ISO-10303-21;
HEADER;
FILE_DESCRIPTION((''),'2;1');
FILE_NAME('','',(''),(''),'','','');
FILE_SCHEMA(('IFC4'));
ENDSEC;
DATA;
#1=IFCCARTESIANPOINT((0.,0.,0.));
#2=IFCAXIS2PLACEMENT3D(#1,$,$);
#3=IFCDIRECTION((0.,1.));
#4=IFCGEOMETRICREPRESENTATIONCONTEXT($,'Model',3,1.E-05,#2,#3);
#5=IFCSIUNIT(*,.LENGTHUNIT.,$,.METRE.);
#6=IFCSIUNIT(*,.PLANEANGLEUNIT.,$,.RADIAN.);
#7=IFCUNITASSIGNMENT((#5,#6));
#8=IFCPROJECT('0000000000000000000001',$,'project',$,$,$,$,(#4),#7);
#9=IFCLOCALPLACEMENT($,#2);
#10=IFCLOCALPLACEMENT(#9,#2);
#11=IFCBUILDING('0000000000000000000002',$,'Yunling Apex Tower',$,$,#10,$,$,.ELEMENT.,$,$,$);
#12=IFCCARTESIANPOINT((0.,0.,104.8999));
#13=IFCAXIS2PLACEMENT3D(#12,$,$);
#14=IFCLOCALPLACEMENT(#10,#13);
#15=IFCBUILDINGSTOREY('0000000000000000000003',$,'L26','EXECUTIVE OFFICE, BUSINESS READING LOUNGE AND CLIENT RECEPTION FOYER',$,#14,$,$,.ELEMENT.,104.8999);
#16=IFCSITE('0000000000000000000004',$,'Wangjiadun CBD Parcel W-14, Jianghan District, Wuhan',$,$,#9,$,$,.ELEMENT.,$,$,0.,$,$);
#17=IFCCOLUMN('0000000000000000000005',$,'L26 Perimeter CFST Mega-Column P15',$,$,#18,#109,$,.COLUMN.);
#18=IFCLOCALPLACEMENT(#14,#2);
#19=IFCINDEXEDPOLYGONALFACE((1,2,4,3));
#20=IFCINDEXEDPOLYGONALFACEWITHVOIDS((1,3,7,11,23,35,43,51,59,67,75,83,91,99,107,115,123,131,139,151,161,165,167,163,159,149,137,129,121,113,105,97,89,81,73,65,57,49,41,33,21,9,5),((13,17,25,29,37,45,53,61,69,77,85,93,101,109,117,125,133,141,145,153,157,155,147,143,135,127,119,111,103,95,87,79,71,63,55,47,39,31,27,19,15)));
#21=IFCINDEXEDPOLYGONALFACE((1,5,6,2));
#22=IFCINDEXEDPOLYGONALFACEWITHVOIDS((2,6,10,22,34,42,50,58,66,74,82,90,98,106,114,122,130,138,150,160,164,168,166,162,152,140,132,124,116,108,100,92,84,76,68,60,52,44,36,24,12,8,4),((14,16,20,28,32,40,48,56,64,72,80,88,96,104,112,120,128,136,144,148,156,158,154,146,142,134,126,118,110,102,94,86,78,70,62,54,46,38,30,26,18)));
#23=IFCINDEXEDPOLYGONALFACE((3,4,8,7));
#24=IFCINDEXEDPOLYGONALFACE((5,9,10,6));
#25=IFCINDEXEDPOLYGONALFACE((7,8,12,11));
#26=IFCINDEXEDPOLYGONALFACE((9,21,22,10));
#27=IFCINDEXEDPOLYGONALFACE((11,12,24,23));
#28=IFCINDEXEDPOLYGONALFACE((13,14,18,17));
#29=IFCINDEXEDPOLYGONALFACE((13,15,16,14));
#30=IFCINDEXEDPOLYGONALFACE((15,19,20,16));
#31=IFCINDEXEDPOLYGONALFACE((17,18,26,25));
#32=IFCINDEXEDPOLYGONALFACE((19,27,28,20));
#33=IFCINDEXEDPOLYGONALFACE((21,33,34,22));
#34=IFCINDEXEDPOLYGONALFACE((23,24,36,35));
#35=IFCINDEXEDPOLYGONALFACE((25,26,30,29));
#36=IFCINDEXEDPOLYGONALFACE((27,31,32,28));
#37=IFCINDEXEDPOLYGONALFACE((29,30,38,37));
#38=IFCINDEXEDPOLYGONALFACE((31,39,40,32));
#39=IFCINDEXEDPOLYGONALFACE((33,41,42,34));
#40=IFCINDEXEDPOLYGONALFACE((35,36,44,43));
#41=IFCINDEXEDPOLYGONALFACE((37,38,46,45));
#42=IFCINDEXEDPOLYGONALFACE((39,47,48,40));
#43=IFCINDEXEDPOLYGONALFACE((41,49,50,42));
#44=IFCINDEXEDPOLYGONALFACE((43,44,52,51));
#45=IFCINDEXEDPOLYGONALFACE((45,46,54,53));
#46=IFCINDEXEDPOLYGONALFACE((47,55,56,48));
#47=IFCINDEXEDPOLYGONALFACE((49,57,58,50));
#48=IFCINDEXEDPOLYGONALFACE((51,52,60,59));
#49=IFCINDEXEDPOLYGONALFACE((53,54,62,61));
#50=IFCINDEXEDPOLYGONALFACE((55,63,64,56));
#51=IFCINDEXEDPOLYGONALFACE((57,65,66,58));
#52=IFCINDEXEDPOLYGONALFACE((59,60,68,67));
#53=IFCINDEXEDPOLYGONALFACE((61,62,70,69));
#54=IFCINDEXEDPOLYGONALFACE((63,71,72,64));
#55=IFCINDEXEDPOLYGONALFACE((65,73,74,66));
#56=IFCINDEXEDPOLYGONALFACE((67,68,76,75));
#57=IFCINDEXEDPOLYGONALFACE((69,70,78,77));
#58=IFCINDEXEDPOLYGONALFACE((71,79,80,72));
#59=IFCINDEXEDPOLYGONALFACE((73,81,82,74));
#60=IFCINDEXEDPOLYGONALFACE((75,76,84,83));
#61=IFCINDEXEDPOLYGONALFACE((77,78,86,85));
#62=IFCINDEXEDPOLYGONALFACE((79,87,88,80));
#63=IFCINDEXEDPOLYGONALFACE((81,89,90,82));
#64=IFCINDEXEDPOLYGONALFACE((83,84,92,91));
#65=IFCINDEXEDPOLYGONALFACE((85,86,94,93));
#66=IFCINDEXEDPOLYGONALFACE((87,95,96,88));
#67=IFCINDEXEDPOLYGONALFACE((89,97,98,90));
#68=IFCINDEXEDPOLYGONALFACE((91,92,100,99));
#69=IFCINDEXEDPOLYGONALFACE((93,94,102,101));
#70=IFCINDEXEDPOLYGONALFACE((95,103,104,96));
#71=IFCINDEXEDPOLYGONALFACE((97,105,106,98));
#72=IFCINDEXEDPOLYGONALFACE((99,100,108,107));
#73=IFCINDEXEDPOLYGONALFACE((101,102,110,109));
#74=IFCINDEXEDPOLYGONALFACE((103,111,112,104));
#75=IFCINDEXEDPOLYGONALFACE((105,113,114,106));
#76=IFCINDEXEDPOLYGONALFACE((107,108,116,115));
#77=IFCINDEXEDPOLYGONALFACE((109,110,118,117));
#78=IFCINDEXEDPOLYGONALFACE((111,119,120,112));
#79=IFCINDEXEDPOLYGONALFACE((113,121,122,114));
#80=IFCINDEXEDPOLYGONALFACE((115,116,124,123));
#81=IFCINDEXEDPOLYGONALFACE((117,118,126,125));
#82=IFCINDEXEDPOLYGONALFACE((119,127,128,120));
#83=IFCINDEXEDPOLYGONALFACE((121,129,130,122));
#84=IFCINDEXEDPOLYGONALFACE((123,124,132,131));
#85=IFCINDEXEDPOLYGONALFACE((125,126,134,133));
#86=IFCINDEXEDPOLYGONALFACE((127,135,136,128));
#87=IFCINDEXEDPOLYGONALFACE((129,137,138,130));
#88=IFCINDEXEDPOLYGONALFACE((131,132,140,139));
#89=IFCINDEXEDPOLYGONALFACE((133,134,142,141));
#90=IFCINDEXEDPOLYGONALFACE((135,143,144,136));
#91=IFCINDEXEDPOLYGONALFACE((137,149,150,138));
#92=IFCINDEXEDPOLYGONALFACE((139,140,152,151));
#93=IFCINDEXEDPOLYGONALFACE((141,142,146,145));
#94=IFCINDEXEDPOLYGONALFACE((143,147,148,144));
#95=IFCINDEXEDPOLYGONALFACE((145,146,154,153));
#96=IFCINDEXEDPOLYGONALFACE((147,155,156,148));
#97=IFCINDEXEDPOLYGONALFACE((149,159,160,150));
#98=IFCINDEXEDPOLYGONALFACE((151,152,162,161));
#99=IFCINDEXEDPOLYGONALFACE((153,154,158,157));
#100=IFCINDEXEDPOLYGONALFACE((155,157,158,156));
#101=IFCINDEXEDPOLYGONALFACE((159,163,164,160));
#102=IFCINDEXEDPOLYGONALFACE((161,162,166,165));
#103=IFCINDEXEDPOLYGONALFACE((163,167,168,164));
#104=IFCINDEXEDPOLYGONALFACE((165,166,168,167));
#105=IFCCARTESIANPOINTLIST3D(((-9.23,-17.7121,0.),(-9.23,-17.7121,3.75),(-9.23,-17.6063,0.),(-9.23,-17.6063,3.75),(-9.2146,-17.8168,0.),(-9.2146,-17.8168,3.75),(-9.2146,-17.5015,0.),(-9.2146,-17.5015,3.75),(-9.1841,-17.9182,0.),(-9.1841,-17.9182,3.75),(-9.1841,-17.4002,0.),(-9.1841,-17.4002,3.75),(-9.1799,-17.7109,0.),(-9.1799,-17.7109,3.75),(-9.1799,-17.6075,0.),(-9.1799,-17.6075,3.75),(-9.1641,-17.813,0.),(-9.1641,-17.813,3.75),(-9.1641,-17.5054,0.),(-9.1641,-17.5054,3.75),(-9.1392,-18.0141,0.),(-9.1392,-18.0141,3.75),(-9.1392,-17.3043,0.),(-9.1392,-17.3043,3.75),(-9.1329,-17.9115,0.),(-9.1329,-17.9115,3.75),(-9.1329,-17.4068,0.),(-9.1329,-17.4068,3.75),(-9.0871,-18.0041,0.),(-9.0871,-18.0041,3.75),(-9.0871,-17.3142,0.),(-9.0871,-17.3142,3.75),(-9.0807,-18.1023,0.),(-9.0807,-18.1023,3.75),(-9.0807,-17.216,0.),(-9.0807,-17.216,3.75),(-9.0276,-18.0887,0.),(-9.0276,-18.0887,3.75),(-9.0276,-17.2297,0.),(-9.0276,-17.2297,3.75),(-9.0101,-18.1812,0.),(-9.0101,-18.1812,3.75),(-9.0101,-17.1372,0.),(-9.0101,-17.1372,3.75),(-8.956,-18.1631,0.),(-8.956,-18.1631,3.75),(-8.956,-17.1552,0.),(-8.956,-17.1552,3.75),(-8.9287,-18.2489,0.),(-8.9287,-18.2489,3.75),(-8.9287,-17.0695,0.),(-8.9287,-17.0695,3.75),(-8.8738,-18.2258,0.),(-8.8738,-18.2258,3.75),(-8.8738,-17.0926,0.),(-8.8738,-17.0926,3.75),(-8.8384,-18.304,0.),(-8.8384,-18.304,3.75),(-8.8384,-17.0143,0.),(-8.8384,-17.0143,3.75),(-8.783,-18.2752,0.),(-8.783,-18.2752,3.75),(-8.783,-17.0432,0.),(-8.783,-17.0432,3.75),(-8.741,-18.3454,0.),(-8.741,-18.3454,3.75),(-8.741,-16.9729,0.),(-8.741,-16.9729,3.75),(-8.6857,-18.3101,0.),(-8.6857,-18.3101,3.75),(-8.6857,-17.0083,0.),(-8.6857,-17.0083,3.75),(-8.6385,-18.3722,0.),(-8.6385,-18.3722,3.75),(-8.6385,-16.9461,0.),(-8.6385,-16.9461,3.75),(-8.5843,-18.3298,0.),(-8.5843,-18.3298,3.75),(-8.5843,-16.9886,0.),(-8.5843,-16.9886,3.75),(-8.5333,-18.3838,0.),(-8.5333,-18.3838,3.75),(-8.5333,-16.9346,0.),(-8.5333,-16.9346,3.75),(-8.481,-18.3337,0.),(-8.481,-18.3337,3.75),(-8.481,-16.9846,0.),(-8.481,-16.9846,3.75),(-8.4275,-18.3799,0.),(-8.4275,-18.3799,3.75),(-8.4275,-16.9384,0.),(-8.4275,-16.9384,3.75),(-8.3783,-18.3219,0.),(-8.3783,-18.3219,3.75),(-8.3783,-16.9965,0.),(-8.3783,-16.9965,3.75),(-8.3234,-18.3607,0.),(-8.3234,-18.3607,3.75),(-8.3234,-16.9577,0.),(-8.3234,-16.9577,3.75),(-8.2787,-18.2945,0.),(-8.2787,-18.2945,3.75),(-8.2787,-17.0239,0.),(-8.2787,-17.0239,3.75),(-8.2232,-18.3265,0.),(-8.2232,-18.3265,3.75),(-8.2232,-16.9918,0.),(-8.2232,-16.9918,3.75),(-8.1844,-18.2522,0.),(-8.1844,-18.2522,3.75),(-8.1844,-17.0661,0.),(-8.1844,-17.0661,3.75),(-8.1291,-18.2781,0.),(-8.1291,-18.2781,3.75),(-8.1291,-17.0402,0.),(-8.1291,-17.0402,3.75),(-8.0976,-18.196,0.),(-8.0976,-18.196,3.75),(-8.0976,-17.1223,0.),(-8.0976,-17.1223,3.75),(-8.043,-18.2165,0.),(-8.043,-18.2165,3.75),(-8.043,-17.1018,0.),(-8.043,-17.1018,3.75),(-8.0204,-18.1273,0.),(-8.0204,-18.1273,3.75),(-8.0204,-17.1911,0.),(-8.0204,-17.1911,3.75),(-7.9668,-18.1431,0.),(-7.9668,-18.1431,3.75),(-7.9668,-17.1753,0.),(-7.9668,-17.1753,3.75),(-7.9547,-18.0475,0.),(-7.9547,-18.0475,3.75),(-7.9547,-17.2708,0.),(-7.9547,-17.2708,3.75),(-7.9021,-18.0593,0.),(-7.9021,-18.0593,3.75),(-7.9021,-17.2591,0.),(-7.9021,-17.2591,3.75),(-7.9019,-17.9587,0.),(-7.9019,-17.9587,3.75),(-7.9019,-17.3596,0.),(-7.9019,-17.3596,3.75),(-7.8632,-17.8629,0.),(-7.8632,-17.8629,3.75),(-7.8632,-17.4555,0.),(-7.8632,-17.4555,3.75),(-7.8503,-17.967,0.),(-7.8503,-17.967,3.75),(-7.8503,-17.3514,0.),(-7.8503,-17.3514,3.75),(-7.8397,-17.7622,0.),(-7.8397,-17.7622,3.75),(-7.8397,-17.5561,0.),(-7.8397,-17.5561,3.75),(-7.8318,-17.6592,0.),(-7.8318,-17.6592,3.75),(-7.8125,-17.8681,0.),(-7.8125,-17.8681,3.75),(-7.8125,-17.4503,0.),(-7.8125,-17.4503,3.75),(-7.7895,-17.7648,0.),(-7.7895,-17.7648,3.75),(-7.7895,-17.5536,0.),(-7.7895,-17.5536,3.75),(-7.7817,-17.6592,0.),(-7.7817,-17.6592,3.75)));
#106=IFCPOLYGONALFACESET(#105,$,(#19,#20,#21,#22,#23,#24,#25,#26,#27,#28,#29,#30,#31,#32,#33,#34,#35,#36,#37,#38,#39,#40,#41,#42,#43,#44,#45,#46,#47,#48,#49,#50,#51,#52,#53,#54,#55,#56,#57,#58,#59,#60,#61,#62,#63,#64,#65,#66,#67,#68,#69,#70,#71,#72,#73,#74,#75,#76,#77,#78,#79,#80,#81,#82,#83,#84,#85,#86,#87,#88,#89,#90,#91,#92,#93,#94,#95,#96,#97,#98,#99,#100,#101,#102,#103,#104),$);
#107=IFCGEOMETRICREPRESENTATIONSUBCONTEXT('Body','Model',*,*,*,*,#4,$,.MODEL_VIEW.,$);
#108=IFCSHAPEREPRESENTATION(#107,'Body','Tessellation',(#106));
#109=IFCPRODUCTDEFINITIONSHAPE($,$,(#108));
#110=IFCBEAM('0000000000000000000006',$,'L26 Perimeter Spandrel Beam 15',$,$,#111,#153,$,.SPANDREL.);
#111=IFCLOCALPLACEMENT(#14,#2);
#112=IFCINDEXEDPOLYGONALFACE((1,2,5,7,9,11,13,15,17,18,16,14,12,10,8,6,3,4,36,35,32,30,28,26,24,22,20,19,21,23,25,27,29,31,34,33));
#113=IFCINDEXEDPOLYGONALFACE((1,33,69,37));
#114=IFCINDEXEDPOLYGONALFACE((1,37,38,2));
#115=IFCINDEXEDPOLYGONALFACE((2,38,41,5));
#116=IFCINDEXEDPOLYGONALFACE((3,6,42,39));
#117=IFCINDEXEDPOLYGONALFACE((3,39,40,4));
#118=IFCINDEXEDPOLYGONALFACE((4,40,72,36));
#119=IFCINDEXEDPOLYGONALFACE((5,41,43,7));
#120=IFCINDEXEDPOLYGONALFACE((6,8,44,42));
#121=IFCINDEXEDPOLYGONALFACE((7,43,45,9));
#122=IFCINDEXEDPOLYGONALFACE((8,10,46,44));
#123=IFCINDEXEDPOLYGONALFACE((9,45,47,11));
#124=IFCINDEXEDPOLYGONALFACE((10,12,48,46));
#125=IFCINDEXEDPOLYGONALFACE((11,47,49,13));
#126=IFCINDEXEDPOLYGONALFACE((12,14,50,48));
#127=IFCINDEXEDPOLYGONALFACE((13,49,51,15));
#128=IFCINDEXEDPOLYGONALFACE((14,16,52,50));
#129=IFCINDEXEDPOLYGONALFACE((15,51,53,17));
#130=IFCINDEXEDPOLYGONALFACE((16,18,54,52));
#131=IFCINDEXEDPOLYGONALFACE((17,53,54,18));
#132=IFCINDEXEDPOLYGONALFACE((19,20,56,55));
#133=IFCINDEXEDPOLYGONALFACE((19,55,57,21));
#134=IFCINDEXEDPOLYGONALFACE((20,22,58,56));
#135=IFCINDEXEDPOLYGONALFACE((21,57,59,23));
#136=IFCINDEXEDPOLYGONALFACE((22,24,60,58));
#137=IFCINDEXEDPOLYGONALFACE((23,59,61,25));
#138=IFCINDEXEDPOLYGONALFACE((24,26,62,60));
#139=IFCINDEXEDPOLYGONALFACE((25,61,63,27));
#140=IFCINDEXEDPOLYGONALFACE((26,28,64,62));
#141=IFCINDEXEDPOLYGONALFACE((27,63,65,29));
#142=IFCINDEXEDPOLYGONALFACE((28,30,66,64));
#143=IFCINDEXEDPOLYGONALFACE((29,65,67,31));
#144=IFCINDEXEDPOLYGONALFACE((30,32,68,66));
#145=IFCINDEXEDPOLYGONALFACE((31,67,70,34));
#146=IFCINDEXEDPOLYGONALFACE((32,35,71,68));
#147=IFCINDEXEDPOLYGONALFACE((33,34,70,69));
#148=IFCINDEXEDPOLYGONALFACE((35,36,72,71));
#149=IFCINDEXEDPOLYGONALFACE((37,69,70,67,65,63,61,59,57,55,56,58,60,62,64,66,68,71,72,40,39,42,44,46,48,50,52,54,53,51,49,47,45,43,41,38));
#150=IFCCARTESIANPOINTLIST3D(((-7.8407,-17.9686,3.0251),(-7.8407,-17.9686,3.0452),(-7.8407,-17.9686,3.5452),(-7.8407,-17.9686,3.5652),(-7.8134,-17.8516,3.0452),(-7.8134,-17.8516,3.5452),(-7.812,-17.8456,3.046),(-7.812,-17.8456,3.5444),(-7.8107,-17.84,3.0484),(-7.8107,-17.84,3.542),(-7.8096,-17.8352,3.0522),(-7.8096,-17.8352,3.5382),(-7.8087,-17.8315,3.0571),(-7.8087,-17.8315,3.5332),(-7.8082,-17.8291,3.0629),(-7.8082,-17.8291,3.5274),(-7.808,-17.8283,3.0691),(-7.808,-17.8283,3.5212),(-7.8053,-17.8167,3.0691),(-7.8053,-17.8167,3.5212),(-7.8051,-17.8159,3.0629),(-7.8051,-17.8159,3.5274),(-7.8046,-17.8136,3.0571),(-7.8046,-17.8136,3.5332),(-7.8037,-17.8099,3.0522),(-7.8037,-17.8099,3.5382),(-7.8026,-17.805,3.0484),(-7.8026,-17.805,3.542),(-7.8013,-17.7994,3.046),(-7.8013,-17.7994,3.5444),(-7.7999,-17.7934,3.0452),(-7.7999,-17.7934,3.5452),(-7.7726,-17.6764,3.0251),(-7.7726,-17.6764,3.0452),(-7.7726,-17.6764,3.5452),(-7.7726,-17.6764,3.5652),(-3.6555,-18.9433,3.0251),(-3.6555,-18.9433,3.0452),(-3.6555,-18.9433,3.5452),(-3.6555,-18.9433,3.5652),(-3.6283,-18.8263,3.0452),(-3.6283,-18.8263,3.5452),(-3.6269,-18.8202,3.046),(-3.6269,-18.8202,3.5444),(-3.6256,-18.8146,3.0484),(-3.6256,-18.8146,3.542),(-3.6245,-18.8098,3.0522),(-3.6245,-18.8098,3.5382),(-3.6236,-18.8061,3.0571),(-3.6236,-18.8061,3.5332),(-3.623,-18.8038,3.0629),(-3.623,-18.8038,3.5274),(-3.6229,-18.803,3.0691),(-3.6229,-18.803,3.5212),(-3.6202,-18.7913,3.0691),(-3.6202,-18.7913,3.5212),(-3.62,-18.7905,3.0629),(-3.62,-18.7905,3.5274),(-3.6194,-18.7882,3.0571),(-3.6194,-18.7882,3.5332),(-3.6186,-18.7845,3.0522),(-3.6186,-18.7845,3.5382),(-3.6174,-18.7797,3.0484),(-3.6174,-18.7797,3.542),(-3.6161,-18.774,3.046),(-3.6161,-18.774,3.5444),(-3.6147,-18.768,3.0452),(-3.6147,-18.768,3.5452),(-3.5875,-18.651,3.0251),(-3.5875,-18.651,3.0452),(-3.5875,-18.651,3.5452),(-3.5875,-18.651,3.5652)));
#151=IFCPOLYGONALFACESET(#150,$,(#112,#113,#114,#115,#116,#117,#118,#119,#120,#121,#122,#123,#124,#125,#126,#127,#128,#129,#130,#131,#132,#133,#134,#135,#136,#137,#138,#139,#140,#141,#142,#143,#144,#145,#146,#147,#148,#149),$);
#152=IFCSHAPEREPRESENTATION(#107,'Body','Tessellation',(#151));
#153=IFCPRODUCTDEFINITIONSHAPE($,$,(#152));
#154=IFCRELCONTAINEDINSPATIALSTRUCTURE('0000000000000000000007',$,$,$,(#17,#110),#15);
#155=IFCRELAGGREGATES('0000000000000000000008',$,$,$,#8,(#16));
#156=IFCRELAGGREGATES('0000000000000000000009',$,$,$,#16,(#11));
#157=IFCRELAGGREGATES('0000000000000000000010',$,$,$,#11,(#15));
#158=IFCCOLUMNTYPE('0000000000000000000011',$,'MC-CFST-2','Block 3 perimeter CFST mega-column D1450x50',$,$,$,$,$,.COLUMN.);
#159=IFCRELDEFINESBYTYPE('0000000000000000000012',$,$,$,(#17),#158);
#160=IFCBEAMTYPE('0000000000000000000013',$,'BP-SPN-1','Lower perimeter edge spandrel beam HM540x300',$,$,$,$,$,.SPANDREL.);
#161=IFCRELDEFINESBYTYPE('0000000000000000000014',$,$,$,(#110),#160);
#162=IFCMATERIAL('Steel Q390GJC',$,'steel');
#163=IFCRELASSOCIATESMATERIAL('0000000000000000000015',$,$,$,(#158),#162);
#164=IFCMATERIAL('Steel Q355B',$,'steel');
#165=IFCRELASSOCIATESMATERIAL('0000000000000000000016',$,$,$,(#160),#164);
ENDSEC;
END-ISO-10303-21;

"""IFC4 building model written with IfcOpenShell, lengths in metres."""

from ifc_helpers import new_model, si_unit, direction, frame, origin, origin_2d, place, context, subcontext, project, spatial, hollow_circle, i_section, extrude, source, transform, mapped, material, material_profile, profile_set, type_object, element, save


model = new_model("IFC4")

# Units and contexts
model_context = context("Model", 3, precision=1e-05, world=origin(), true_north=direction((0.0, 1.0)))
body_context = subcontext(model_context, "Body", "Model", "MODEL_VIEW")
ifc_project = project(units=[si_unit("LENGTHUNIT", "METRE"), si_unit("PLANEANGLEUNIT", "RADIAN")], contexts=[model_context])

# Site, building, storey
site_placement = place(None, origin())
site = spatial("IfcSite", under=ifc_project, at=site_placement, Name="Wangjiadun CBD Parcel W-14, Jianghan District, Wuhan", CompositionType="ELEMENT", RefElevation=0.0)
building_placement = place(site_placement, origin())
building = spatial("IfcBuilding", under=site, at=building_placement, Name="Yunling Apex Tower", CompositionType="ELEMENT")
storey_placement = place(building_placement, frame((0.0, 0.0, 104.8999)))
storey = spatial("IfcBuildingStorey", under=building, at=storey_placement, Name="L26", Description="EXECUTIVE OFFICE, BUSINESS READING LOUNGE AND CLIENT RECEPTION FOYER", CompositionType="ELEMENT", Elevation=104.8999)

# Column
ifc_material_1 = material(Name="Steel Q390GJC", Category="steel")
ifc_material_profile_1 = material_profile(ifc_material_1, hollow_circle(Radius=0.7251, WallThickness=0.05, at=origin_2d()))
ifc_profile_set_1 = profile_set([ifc_material_profile_1], Name="Steel Q390GJC")
column_type = type_object("IfcColumnType", Name="MC-CFST-2", Description="Block 3 perimeter CFST mega-column D1450x50", PredefinedType="COLUMN", material=ifc_profile_set_1)
shared_shape_1 = source(origin(), body_context, "Body", "SweptSolid", [
    extrude(hollow_circle(Radius=0.7251, WallThickness=0.05, at=origin_2d()), origin(), (0.0, 0.0, 1.0), 3.75),
])
column_placement = place(storey_placement, frame((-8.5068, -17.6592, 0.0), z_axis=(0.0, 0.0, 1.0), x_axis=(1.0, 0.0, 0.0)))
element("IfcColumn", 1, at=column_placement, inside=storey, type_object=column_type, Name="L26 Perimeter CFST Mega-Column P15", PredefinedType="COLUMN", context=body_context, shape_type="MappedRepresentation", body=[
    mapped(shared_shape_1, transform((0.0, 0.0, 0.0), scale=1.0)),
])

# Beam
ifc_material_2 = material(Name="Steel Q355B", Category="steel")
ifc_material_profile_2 = material_profile(ifc_material_2, i_section(OverallWidth=0.3, OverallDepth=0.54, WebThickness=0.012, FlangeThickness=0.02, FilletRadius=0.0239, at=origin_2d()))
ifc_profile_set_2 = profile_set([ifc_material_profile_2], Name="Steel Q355B")
beam_type_1 = type_object("IfcBeamType", Name="BP-SPN-1", Description="Lower perimeter edge spandrel beam HM540x300", PredefinedType="SPANDREL", material=ifc_profile_set_2)
shared_shape_2 = source(origin(), body_context, "Body", "SweptSolid", [
    extrude(i_section(OverallWidth=0.3, OverallDepth=0.54, WebThickness=0.012, FlangeThickness=0.02, FilletRadius=0.0239, at=origin_2d()), origin(), (0.0, 0.0, 1.0), 4.2971),
])
beam_1_placement = place(storey_placement, frame((-7.8066, -17.8225, 3.2952), z_axis=(0.973939, -0.226809, 0.0), x_axis=(0.226809, 0.973939, 0.0)))
element("IfcBeam", 2, at=beam_1_placement, inside=storey, type_object=beam_type_1, Name="L26 Perimeter Spandrel Beam 15", PredefinedType="SPANDREL", context=body_context, shape_type="MappedRepresentation", body=[
    mapped(shared_shape_2, transform((0.0, 0.0, 0.0), scale=1.0)),
])

save(model, "model.ifc")
